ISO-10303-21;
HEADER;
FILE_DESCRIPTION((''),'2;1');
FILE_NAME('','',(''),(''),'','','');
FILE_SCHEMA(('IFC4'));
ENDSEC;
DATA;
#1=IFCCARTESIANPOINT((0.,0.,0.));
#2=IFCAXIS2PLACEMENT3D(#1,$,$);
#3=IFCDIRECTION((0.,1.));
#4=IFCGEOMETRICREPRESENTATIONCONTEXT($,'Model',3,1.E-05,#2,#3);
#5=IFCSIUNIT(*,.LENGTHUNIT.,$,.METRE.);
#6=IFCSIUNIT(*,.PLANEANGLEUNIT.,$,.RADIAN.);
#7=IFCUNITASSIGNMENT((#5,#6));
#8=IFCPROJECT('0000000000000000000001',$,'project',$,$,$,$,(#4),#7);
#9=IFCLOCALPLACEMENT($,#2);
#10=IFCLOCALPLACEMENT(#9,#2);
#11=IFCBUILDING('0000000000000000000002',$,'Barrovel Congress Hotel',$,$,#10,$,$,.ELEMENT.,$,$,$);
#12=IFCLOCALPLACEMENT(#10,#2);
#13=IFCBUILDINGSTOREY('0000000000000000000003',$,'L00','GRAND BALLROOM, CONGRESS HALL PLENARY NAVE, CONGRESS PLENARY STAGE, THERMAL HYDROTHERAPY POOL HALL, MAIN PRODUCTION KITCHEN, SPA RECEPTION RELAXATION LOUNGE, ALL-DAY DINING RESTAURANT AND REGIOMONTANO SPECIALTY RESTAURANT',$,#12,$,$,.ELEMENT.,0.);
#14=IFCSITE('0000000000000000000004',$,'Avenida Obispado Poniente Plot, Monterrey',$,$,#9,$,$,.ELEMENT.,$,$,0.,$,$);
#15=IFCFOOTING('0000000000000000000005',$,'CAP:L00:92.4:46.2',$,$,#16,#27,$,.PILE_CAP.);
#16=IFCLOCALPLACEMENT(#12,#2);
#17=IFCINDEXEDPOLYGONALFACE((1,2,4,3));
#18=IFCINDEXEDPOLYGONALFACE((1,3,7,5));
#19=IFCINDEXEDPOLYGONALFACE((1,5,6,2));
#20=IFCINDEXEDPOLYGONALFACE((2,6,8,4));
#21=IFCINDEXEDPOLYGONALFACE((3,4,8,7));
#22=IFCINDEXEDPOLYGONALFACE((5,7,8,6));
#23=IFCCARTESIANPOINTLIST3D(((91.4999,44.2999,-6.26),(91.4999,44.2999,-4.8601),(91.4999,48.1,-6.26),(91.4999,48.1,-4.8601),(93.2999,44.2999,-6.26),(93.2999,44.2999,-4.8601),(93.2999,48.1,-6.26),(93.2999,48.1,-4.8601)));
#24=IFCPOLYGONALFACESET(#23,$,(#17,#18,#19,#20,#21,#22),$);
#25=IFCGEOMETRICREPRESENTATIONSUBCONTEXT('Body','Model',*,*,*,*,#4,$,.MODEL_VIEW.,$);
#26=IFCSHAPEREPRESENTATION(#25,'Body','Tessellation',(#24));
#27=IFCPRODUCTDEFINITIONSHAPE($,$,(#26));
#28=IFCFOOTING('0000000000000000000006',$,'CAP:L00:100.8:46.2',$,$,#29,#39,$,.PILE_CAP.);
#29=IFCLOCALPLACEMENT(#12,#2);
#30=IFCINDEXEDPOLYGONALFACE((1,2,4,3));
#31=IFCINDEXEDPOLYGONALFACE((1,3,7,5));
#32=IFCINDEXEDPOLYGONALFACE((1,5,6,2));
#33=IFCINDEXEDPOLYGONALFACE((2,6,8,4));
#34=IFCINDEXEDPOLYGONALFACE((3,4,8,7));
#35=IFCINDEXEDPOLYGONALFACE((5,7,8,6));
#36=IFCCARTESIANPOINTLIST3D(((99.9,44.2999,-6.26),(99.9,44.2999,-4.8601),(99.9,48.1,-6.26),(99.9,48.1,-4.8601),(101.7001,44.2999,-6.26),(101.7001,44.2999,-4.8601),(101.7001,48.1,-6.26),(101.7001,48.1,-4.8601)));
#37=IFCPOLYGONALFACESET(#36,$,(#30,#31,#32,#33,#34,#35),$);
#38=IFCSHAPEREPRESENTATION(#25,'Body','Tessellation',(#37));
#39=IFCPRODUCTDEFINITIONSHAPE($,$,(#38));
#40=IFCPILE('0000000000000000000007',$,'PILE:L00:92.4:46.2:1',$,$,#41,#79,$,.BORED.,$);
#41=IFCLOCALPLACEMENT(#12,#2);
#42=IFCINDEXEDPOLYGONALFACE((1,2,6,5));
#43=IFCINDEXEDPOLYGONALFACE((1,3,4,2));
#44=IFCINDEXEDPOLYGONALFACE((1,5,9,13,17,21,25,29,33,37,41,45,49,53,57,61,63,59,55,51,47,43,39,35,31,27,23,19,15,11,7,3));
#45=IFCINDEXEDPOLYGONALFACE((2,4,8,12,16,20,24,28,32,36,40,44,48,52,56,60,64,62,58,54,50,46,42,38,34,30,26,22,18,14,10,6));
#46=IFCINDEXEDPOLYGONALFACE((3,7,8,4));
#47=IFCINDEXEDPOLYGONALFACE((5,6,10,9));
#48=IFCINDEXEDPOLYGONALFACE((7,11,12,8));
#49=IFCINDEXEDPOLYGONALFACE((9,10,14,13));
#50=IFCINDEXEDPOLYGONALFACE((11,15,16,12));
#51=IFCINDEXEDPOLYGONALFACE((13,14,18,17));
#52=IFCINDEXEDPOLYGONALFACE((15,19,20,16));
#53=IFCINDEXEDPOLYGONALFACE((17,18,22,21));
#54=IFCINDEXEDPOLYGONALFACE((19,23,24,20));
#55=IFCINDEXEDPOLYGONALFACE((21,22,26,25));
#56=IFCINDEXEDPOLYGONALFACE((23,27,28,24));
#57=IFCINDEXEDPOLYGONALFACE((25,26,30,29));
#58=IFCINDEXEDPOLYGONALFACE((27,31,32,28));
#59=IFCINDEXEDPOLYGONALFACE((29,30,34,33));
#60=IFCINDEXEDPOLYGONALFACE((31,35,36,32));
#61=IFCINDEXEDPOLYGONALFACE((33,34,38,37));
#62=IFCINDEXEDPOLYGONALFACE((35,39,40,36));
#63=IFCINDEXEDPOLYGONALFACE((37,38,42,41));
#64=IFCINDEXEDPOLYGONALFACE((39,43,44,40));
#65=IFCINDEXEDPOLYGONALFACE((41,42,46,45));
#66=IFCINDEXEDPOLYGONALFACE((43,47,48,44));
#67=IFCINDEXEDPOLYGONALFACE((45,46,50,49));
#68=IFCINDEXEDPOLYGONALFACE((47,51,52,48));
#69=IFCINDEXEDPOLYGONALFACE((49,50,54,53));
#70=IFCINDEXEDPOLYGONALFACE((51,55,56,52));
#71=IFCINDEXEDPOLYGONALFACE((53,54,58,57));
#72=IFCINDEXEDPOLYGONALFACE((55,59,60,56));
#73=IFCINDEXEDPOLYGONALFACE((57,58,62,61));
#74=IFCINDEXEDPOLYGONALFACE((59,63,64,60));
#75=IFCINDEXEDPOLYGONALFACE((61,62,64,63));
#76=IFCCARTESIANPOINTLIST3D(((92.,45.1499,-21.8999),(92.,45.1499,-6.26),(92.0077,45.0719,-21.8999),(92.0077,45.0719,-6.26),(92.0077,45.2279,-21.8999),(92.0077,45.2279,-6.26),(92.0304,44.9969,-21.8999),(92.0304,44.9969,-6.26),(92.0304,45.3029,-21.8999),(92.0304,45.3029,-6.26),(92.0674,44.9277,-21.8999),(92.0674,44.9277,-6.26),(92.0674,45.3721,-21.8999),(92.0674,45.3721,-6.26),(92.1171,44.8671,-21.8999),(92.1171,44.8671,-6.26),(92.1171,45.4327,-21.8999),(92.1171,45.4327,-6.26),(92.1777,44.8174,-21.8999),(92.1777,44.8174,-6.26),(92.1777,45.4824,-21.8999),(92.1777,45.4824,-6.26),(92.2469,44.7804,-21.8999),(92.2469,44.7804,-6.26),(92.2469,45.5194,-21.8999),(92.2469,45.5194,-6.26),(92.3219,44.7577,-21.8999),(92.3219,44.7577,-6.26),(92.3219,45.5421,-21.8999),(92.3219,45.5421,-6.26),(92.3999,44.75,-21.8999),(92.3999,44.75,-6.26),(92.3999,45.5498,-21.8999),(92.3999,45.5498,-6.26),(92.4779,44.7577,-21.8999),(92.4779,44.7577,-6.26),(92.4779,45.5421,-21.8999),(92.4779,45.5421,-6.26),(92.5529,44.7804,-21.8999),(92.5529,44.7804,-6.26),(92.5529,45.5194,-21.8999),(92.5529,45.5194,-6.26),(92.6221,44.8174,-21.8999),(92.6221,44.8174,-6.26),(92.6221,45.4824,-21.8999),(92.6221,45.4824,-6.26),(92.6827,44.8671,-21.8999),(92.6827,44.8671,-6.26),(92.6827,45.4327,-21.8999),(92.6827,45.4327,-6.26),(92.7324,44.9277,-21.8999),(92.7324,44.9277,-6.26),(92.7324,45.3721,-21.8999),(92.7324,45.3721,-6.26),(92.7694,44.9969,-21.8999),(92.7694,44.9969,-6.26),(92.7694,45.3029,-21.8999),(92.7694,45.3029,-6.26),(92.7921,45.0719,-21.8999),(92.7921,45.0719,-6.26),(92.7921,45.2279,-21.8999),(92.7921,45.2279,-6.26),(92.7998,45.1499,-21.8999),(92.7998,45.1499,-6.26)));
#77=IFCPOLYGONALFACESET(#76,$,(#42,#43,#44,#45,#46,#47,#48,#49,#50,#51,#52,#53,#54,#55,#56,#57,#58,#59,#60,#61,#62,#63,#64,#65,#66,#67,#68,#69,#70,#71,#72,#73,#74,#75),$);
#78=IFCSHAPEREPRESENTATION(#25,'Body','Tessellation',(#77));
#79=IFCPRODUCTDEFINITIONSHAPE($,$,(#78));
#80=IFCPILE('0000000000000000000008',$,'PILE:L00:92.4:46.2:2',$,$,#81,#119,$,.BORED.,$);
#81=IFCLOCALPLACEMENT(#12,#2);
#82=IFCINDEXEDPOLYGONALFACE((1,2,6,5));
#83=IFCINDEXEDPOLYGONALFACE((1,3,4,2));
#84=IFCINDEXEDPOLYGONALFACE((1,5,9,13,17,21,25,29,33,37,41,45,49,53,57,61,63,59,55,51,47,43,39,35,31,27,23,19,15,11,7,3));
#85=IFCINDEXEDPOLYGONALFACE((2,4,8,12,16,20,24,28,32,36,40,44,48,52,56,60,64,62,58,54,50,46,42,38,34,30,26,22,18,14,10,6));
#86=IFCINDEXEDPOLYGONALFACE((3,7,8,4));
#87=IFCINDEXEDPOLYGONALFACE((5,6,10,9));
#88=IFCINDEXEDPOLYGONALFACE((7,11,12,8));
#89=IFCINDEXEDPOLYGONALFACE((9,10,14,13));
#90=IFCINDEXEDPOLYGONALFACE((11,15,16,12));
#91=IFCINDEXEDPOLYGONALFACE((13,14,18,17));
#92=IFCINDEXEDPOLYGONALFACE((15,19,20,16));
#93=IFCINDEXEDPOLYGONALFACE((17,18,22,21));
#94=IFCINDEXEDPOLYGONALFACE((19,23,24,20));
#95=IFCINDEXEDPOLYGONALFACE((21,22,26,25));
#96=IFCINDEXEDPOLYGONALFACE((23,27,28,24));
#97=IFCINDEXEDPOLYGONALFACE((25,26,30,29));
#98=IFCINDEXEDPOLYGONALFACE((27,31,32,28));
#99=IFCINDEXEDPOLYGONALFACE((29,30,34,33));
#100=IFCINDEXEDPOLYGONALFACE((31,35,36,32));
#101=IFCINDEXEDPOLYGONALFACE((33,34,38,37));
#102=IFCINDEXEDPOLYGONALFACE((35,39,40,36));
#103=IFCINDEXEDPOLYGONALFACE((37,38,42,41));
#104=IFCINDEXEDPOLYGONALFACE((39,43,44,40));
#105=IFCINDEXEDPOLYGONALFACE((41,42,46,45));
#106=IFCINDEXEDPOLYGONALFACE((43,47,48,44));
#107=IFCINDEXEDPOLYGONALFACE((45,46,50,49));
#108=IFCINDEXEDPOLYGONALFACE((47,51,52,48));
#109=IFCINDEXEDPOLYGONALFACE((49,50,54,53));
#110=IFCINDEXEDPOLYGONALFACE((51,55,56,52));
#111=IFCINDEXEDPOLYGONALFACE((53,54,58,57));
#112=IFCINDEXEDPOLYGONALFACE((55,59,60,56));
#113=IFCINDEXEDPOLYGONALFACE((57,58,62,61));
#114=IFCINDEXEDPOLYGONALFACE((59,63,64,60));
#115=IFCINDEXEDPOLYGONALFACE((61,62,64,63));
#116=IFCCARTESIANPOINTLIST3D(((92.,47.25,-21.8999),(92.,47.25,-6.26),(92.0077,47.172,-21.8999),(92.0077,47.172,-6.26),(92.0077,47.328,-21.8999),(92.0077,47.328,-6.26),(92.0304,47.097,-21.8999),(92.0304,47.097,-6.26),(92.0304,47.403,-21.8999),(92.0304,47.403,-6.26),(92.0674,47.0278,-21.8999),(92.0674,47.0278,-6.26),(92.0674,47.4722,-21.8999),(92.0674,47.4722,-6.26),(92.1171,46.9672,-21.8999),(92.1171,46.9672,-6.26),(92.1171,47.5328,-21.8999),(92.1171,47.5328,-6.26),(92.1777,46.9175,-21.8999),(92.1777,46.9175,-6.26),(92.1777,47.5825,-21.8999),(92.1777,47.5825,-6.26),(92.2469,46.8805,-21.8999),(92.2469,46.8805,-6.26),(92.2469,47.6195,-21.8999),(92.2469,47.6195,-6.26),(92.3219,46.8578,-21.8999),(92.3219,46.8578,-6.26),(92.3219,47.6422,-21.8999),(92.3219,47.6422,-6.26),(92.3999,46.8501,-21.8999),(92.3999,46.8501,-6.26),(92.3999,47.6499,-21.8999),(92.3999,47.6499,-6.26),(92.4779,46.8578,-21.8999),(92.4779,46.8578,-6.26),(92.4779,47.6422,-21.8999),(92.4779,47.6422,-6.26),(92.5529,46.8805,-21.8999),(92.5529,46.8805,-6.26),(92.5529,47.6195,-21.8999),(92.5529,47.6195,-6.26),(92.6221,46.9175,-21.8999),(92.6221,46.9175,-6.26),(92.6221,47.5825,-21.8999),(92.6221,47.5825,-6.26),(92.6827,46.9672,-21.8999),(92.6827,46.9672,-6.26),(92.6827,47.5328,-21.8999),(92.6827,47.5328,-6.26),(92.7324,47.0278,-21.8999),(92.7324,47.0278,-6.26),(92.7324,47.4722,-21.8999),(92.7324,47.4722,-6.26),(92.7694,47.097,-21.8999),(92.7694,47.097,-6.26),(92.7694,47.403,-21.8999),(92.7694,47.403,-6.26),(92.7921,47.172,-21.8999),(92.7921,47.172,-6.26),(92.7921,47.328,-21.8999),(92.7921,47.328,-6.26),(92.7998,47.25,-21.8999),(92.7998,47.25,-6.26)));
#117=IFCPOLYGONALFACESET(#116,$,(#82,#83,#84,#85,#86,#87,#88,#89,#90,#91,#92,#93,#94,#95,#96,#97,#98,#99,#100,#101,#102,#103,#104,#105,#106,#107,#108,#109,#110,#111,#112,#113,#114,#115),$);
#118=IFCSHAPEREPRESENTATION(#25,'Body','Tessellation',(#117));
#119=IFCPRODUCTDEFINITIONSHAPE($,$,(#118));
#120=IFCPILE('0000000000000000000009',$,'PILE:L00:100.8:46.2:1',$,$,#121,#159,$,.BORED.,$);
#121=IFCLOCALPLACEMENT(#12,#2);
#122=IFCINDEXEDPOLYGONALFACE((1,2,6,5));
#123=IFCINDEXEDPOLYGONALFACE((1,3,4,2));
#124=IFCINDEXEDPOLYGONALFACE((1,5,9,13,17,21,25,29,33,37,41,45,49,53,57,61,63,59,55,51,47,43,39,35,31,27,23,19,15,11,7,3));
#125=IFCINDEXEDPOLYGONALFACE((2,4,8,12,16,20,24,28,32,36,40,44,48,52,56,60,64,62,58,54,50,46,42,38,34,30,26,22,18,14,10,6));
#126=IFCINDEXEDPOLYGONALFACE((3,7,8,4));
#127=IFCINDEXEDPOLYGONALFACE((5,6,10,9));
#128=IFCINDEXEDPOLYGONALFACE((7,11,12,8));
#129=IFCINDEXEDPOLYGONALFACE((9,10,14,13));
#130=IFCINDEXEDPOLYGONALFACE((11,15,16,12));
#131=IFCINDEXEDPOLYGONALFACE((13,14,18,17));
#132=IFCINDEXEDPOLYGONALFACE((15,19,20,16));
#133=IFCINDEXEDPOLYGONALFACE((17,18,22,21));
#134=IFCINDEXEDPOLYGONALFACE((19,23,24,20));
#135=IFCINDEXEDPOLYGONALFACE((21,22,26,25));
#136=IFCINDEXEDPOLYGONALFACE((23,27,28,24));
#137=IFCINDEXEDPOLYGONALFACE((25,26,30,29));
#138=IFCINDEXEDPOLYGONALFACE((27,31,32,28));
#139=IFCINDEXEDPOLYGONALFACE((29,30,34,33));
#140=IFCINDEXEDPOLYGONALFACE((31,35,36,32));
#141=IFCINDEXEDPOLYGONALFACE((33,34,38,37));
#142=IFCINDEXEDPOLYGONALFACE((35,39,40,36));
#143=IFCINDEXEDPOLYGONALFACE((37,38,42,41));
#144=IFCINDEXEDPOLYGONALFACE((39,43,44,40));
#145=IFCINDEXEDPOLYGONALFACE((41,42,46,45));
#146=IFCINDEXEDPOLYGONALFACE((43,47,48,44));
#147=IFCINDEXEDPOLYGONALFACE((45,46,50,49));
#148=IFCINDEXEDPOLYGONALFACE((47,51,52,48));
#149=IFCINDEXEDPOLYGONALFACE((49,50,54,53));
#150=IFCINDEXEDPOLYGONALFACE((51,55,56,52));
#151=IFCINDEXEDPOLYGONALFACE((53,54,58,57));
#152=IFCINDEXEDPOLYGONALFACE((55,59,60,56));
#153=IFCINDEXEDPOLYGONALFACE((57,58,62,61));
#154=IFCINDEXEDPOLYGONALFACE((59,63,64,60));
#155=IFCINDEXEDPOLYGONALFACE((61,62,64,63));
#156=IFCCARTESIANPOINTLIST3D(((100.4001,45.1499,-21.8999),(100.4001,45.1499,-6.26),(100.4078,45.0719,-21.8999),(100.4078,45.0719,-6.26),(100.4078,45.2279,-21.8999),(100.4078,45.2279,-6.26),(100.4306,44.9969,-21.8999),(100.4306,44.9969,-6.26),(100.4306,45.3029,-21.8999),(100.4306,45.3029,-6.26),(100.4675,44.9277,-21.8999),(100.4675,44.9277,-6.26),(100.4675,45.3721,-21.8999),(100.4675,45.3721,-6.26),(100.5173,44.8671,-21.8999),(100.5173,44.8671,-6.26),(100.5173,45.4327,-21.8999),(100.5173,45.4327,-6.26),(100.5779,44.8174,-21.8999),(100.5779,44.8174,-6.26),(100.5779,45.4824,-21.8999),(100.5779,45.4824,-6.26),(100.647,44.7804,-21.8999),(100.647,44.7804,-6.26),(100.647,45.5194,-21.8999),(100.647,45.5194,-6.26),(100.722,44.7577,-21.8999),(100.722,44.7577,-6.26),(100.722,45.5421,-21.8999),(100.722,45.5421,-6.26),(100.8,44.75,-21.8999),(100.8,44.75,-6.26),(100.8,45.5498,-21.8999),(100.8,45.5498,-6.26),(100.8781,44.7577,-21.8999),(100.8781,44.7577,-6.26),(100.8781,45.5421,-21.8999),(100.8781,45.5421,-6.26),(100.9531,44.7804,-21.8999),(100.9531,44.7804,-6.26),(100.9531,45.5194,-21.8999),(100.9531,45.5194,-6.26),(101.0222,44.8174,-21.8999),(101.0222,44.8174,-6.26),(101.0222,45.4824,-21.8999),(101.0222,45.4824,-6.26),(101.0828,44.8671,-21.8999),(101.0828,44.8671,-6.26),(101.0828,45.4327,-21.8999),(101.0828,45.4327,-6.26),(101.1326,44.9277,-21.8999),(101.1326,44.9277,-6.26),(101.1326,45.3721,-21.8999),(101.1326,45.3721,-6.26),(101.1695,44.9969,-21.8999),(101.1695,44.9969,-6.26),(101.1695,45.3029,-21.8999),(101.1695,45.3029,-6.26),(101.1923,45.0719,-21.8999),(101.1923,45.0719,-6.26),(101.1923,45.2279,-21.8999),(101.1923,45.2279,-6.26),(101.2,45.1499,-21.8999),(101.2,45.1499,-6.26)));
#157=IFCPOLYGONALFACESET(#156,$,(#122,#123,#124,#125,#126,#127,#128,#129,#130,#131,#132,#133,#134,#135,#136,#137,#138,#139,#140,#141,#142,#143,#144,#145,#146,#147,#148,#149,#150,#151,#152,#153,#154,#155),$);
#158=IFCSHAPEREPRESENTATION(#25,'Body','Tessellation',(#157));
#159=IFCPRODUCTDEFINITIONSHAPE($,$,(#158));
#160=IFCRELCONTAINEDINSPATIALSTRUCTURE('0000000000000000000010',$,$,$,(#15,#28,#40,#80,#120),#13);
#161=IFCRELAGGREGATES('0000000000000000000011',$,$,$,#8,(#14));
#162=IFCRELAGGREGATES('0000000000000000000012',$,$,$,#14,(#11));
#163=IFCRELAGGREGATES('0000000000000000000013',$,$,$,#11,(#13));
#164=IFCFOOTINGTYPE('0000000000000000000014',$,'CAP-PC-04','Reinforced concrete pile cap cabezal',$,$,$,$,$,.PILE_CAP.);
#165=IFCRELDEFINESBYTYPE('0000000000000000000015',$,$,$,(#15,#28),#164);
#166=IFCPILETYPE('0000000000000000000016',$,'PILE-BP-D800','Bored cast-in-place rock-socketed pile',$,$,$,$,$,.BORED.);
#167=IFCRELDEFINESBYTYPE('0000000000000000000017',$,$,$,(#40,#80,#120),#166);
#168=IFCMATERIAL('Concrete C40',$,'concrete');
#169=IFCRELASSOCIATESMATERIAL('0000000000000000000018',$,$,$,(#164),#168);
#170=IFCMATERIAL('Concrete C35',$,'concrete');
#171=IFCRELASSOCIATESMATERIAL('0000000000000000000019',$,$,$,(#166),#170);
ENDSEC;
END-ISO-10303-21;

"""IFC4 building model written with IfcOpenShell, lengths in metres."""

from ifc_helpers import new_model, si_unit, direction, frame, origin, origin_2d, place, context, subcontext, project, spatial, rectangle, circle, extrude, material, material_profile, profile_set, type_object, element, save


model = new_model("IFC4")

# Units and contexts
model_context = context("Model", 3, precision=1e-05, world=origin(), true_north=direction((0.0, 1.0)))
body_context = subcontext(model_context, "Body", "Model", "MODEL_VIEW")
ifc_project = project(units=[si_unit("LENGTHUNIT", "METRE"), si_unit("PLANEANGLEUNIT", "RADIAN")], contexts=[model_context])

# Site, building, storey
site_placement = place(None, origin())
site = spatial("IfcSite", under=ifc_project, at=site_placement, Name="Avenida Obispado Poniente Plot, Monterrey", CompositionType="ELEMENT", RefElevation=0.0)
building_placement = place(site_placement, origin())
building = spatial("IfcBuilding", under=site, at=building_placement, Name="Barrovel Congress Hotel", CompositionType="ELEMENT")
storey_placement = place(building_placement, origin())
storey = spatial("IfcBuildingStorey", under=building, at=storey_placement, Name="L00", Description="GRAND BALLROOM, CONGRESS HALL PLENARY NAVE, CONGRESS PLENARY STAGE, THERMAL HYDROTHERAPY POOL HALL, MAIN PRODUCTION KITCHEN, SPA RECEPTION RELAXATION LOUNGE, ALL-DAY DINING RESTAURANT AND REGIOMONTANO SPECIALTY RESTAURANT", CompositionType="ELEMENT", Elevation=0.0)

# Footings
ifc_material_1 = material(Name="Concrete C40", Category="concrete")
footing_type = type_object("IfcFootingType", Name="CAP-PC-04", Description="Reinforced concrete pile cap cabezal", PredefinedType="PILE_CAP", material=ifc_material_1)
for number, where, z_axis, x_axis, name in (
    (1, (92.3999, 46.2, -6.26), (0.0, 0.0, 1.0), (1.0, 0.0, 0.0), "CAP:L00:92.4:46.2"),
    (2, (100.8, 46.2, -6.26), (0.0, 0.0, 1.0), (1.0, 0.0, 0.0), "CAP:L00:100.8:46.2"),
):
    element("IfcFooting", number, at=place(storey_placement, frame(where, z_axis=z_axis, x_axis=x_axis)), inside=storey, type_object=footing_type, Name=name, PredefinedType="PILE_CAP", context=body_context, shape_type="SweptSolid", body=[
        extrude(rectangle(XDim=1.8, YDim=3.8, at=origin_2d()), origin(), (0.0, 0.0, 1.0), 1.3999),
    ])

# Piles
ifc_material_2 = material(Name="Concrete C35", Category="concrete")
ifc_material_profile_1 = material_profile(ifc_material_2, circle(Radius=0.3999, at=origin_2d()), Name="BP-D800")
ifc_profile_set_1 = profile_set([ifc_material_profile_1], Name="Concrete C35")
pile_type = type_object("IfcPileType", Name="PILE-BP-D800", Description="Bored cast-in-place rock-socketed pile", PredefinedType="BORED", material=ifc_profile_set_1)
for number, where, z_axis, x_axis, name in (
    (3, (92.3999, 45.1499, -6.26), (0.0, 0.0, -1.0), (1.0, 0.0, 0.0), "PILE:L00:92.4:46.2:1"),
    (4, (92.3999, 47.25, -6.26), (0.0, 0.0, -1.0), (1.0, 0.0, 0.0), "PILE:L00:92.4:46.2:2"),
    (5, (100.8, 45.1499, -6.26), (0.0, 0.0, -1.0), (1.0, 0.0, 0.0), "PILE:L00:100.8:46.2:1"),
):
    element("IfcPile", number, at=place(storey_placement, frame(where, z_axis=z_axis, x_axis=x_axis)), inside=storey, type_object=pile_type, Name=name, PredefinedType="BORED", context=body_context, shape_type="SweptSolid", body=[
        extrude(circle(Radius=0.3999, at=origin_2d()), origin(), (0.0, 0.0, 1.0), 15.6399),
    ])

save(model, "model.ifc")
